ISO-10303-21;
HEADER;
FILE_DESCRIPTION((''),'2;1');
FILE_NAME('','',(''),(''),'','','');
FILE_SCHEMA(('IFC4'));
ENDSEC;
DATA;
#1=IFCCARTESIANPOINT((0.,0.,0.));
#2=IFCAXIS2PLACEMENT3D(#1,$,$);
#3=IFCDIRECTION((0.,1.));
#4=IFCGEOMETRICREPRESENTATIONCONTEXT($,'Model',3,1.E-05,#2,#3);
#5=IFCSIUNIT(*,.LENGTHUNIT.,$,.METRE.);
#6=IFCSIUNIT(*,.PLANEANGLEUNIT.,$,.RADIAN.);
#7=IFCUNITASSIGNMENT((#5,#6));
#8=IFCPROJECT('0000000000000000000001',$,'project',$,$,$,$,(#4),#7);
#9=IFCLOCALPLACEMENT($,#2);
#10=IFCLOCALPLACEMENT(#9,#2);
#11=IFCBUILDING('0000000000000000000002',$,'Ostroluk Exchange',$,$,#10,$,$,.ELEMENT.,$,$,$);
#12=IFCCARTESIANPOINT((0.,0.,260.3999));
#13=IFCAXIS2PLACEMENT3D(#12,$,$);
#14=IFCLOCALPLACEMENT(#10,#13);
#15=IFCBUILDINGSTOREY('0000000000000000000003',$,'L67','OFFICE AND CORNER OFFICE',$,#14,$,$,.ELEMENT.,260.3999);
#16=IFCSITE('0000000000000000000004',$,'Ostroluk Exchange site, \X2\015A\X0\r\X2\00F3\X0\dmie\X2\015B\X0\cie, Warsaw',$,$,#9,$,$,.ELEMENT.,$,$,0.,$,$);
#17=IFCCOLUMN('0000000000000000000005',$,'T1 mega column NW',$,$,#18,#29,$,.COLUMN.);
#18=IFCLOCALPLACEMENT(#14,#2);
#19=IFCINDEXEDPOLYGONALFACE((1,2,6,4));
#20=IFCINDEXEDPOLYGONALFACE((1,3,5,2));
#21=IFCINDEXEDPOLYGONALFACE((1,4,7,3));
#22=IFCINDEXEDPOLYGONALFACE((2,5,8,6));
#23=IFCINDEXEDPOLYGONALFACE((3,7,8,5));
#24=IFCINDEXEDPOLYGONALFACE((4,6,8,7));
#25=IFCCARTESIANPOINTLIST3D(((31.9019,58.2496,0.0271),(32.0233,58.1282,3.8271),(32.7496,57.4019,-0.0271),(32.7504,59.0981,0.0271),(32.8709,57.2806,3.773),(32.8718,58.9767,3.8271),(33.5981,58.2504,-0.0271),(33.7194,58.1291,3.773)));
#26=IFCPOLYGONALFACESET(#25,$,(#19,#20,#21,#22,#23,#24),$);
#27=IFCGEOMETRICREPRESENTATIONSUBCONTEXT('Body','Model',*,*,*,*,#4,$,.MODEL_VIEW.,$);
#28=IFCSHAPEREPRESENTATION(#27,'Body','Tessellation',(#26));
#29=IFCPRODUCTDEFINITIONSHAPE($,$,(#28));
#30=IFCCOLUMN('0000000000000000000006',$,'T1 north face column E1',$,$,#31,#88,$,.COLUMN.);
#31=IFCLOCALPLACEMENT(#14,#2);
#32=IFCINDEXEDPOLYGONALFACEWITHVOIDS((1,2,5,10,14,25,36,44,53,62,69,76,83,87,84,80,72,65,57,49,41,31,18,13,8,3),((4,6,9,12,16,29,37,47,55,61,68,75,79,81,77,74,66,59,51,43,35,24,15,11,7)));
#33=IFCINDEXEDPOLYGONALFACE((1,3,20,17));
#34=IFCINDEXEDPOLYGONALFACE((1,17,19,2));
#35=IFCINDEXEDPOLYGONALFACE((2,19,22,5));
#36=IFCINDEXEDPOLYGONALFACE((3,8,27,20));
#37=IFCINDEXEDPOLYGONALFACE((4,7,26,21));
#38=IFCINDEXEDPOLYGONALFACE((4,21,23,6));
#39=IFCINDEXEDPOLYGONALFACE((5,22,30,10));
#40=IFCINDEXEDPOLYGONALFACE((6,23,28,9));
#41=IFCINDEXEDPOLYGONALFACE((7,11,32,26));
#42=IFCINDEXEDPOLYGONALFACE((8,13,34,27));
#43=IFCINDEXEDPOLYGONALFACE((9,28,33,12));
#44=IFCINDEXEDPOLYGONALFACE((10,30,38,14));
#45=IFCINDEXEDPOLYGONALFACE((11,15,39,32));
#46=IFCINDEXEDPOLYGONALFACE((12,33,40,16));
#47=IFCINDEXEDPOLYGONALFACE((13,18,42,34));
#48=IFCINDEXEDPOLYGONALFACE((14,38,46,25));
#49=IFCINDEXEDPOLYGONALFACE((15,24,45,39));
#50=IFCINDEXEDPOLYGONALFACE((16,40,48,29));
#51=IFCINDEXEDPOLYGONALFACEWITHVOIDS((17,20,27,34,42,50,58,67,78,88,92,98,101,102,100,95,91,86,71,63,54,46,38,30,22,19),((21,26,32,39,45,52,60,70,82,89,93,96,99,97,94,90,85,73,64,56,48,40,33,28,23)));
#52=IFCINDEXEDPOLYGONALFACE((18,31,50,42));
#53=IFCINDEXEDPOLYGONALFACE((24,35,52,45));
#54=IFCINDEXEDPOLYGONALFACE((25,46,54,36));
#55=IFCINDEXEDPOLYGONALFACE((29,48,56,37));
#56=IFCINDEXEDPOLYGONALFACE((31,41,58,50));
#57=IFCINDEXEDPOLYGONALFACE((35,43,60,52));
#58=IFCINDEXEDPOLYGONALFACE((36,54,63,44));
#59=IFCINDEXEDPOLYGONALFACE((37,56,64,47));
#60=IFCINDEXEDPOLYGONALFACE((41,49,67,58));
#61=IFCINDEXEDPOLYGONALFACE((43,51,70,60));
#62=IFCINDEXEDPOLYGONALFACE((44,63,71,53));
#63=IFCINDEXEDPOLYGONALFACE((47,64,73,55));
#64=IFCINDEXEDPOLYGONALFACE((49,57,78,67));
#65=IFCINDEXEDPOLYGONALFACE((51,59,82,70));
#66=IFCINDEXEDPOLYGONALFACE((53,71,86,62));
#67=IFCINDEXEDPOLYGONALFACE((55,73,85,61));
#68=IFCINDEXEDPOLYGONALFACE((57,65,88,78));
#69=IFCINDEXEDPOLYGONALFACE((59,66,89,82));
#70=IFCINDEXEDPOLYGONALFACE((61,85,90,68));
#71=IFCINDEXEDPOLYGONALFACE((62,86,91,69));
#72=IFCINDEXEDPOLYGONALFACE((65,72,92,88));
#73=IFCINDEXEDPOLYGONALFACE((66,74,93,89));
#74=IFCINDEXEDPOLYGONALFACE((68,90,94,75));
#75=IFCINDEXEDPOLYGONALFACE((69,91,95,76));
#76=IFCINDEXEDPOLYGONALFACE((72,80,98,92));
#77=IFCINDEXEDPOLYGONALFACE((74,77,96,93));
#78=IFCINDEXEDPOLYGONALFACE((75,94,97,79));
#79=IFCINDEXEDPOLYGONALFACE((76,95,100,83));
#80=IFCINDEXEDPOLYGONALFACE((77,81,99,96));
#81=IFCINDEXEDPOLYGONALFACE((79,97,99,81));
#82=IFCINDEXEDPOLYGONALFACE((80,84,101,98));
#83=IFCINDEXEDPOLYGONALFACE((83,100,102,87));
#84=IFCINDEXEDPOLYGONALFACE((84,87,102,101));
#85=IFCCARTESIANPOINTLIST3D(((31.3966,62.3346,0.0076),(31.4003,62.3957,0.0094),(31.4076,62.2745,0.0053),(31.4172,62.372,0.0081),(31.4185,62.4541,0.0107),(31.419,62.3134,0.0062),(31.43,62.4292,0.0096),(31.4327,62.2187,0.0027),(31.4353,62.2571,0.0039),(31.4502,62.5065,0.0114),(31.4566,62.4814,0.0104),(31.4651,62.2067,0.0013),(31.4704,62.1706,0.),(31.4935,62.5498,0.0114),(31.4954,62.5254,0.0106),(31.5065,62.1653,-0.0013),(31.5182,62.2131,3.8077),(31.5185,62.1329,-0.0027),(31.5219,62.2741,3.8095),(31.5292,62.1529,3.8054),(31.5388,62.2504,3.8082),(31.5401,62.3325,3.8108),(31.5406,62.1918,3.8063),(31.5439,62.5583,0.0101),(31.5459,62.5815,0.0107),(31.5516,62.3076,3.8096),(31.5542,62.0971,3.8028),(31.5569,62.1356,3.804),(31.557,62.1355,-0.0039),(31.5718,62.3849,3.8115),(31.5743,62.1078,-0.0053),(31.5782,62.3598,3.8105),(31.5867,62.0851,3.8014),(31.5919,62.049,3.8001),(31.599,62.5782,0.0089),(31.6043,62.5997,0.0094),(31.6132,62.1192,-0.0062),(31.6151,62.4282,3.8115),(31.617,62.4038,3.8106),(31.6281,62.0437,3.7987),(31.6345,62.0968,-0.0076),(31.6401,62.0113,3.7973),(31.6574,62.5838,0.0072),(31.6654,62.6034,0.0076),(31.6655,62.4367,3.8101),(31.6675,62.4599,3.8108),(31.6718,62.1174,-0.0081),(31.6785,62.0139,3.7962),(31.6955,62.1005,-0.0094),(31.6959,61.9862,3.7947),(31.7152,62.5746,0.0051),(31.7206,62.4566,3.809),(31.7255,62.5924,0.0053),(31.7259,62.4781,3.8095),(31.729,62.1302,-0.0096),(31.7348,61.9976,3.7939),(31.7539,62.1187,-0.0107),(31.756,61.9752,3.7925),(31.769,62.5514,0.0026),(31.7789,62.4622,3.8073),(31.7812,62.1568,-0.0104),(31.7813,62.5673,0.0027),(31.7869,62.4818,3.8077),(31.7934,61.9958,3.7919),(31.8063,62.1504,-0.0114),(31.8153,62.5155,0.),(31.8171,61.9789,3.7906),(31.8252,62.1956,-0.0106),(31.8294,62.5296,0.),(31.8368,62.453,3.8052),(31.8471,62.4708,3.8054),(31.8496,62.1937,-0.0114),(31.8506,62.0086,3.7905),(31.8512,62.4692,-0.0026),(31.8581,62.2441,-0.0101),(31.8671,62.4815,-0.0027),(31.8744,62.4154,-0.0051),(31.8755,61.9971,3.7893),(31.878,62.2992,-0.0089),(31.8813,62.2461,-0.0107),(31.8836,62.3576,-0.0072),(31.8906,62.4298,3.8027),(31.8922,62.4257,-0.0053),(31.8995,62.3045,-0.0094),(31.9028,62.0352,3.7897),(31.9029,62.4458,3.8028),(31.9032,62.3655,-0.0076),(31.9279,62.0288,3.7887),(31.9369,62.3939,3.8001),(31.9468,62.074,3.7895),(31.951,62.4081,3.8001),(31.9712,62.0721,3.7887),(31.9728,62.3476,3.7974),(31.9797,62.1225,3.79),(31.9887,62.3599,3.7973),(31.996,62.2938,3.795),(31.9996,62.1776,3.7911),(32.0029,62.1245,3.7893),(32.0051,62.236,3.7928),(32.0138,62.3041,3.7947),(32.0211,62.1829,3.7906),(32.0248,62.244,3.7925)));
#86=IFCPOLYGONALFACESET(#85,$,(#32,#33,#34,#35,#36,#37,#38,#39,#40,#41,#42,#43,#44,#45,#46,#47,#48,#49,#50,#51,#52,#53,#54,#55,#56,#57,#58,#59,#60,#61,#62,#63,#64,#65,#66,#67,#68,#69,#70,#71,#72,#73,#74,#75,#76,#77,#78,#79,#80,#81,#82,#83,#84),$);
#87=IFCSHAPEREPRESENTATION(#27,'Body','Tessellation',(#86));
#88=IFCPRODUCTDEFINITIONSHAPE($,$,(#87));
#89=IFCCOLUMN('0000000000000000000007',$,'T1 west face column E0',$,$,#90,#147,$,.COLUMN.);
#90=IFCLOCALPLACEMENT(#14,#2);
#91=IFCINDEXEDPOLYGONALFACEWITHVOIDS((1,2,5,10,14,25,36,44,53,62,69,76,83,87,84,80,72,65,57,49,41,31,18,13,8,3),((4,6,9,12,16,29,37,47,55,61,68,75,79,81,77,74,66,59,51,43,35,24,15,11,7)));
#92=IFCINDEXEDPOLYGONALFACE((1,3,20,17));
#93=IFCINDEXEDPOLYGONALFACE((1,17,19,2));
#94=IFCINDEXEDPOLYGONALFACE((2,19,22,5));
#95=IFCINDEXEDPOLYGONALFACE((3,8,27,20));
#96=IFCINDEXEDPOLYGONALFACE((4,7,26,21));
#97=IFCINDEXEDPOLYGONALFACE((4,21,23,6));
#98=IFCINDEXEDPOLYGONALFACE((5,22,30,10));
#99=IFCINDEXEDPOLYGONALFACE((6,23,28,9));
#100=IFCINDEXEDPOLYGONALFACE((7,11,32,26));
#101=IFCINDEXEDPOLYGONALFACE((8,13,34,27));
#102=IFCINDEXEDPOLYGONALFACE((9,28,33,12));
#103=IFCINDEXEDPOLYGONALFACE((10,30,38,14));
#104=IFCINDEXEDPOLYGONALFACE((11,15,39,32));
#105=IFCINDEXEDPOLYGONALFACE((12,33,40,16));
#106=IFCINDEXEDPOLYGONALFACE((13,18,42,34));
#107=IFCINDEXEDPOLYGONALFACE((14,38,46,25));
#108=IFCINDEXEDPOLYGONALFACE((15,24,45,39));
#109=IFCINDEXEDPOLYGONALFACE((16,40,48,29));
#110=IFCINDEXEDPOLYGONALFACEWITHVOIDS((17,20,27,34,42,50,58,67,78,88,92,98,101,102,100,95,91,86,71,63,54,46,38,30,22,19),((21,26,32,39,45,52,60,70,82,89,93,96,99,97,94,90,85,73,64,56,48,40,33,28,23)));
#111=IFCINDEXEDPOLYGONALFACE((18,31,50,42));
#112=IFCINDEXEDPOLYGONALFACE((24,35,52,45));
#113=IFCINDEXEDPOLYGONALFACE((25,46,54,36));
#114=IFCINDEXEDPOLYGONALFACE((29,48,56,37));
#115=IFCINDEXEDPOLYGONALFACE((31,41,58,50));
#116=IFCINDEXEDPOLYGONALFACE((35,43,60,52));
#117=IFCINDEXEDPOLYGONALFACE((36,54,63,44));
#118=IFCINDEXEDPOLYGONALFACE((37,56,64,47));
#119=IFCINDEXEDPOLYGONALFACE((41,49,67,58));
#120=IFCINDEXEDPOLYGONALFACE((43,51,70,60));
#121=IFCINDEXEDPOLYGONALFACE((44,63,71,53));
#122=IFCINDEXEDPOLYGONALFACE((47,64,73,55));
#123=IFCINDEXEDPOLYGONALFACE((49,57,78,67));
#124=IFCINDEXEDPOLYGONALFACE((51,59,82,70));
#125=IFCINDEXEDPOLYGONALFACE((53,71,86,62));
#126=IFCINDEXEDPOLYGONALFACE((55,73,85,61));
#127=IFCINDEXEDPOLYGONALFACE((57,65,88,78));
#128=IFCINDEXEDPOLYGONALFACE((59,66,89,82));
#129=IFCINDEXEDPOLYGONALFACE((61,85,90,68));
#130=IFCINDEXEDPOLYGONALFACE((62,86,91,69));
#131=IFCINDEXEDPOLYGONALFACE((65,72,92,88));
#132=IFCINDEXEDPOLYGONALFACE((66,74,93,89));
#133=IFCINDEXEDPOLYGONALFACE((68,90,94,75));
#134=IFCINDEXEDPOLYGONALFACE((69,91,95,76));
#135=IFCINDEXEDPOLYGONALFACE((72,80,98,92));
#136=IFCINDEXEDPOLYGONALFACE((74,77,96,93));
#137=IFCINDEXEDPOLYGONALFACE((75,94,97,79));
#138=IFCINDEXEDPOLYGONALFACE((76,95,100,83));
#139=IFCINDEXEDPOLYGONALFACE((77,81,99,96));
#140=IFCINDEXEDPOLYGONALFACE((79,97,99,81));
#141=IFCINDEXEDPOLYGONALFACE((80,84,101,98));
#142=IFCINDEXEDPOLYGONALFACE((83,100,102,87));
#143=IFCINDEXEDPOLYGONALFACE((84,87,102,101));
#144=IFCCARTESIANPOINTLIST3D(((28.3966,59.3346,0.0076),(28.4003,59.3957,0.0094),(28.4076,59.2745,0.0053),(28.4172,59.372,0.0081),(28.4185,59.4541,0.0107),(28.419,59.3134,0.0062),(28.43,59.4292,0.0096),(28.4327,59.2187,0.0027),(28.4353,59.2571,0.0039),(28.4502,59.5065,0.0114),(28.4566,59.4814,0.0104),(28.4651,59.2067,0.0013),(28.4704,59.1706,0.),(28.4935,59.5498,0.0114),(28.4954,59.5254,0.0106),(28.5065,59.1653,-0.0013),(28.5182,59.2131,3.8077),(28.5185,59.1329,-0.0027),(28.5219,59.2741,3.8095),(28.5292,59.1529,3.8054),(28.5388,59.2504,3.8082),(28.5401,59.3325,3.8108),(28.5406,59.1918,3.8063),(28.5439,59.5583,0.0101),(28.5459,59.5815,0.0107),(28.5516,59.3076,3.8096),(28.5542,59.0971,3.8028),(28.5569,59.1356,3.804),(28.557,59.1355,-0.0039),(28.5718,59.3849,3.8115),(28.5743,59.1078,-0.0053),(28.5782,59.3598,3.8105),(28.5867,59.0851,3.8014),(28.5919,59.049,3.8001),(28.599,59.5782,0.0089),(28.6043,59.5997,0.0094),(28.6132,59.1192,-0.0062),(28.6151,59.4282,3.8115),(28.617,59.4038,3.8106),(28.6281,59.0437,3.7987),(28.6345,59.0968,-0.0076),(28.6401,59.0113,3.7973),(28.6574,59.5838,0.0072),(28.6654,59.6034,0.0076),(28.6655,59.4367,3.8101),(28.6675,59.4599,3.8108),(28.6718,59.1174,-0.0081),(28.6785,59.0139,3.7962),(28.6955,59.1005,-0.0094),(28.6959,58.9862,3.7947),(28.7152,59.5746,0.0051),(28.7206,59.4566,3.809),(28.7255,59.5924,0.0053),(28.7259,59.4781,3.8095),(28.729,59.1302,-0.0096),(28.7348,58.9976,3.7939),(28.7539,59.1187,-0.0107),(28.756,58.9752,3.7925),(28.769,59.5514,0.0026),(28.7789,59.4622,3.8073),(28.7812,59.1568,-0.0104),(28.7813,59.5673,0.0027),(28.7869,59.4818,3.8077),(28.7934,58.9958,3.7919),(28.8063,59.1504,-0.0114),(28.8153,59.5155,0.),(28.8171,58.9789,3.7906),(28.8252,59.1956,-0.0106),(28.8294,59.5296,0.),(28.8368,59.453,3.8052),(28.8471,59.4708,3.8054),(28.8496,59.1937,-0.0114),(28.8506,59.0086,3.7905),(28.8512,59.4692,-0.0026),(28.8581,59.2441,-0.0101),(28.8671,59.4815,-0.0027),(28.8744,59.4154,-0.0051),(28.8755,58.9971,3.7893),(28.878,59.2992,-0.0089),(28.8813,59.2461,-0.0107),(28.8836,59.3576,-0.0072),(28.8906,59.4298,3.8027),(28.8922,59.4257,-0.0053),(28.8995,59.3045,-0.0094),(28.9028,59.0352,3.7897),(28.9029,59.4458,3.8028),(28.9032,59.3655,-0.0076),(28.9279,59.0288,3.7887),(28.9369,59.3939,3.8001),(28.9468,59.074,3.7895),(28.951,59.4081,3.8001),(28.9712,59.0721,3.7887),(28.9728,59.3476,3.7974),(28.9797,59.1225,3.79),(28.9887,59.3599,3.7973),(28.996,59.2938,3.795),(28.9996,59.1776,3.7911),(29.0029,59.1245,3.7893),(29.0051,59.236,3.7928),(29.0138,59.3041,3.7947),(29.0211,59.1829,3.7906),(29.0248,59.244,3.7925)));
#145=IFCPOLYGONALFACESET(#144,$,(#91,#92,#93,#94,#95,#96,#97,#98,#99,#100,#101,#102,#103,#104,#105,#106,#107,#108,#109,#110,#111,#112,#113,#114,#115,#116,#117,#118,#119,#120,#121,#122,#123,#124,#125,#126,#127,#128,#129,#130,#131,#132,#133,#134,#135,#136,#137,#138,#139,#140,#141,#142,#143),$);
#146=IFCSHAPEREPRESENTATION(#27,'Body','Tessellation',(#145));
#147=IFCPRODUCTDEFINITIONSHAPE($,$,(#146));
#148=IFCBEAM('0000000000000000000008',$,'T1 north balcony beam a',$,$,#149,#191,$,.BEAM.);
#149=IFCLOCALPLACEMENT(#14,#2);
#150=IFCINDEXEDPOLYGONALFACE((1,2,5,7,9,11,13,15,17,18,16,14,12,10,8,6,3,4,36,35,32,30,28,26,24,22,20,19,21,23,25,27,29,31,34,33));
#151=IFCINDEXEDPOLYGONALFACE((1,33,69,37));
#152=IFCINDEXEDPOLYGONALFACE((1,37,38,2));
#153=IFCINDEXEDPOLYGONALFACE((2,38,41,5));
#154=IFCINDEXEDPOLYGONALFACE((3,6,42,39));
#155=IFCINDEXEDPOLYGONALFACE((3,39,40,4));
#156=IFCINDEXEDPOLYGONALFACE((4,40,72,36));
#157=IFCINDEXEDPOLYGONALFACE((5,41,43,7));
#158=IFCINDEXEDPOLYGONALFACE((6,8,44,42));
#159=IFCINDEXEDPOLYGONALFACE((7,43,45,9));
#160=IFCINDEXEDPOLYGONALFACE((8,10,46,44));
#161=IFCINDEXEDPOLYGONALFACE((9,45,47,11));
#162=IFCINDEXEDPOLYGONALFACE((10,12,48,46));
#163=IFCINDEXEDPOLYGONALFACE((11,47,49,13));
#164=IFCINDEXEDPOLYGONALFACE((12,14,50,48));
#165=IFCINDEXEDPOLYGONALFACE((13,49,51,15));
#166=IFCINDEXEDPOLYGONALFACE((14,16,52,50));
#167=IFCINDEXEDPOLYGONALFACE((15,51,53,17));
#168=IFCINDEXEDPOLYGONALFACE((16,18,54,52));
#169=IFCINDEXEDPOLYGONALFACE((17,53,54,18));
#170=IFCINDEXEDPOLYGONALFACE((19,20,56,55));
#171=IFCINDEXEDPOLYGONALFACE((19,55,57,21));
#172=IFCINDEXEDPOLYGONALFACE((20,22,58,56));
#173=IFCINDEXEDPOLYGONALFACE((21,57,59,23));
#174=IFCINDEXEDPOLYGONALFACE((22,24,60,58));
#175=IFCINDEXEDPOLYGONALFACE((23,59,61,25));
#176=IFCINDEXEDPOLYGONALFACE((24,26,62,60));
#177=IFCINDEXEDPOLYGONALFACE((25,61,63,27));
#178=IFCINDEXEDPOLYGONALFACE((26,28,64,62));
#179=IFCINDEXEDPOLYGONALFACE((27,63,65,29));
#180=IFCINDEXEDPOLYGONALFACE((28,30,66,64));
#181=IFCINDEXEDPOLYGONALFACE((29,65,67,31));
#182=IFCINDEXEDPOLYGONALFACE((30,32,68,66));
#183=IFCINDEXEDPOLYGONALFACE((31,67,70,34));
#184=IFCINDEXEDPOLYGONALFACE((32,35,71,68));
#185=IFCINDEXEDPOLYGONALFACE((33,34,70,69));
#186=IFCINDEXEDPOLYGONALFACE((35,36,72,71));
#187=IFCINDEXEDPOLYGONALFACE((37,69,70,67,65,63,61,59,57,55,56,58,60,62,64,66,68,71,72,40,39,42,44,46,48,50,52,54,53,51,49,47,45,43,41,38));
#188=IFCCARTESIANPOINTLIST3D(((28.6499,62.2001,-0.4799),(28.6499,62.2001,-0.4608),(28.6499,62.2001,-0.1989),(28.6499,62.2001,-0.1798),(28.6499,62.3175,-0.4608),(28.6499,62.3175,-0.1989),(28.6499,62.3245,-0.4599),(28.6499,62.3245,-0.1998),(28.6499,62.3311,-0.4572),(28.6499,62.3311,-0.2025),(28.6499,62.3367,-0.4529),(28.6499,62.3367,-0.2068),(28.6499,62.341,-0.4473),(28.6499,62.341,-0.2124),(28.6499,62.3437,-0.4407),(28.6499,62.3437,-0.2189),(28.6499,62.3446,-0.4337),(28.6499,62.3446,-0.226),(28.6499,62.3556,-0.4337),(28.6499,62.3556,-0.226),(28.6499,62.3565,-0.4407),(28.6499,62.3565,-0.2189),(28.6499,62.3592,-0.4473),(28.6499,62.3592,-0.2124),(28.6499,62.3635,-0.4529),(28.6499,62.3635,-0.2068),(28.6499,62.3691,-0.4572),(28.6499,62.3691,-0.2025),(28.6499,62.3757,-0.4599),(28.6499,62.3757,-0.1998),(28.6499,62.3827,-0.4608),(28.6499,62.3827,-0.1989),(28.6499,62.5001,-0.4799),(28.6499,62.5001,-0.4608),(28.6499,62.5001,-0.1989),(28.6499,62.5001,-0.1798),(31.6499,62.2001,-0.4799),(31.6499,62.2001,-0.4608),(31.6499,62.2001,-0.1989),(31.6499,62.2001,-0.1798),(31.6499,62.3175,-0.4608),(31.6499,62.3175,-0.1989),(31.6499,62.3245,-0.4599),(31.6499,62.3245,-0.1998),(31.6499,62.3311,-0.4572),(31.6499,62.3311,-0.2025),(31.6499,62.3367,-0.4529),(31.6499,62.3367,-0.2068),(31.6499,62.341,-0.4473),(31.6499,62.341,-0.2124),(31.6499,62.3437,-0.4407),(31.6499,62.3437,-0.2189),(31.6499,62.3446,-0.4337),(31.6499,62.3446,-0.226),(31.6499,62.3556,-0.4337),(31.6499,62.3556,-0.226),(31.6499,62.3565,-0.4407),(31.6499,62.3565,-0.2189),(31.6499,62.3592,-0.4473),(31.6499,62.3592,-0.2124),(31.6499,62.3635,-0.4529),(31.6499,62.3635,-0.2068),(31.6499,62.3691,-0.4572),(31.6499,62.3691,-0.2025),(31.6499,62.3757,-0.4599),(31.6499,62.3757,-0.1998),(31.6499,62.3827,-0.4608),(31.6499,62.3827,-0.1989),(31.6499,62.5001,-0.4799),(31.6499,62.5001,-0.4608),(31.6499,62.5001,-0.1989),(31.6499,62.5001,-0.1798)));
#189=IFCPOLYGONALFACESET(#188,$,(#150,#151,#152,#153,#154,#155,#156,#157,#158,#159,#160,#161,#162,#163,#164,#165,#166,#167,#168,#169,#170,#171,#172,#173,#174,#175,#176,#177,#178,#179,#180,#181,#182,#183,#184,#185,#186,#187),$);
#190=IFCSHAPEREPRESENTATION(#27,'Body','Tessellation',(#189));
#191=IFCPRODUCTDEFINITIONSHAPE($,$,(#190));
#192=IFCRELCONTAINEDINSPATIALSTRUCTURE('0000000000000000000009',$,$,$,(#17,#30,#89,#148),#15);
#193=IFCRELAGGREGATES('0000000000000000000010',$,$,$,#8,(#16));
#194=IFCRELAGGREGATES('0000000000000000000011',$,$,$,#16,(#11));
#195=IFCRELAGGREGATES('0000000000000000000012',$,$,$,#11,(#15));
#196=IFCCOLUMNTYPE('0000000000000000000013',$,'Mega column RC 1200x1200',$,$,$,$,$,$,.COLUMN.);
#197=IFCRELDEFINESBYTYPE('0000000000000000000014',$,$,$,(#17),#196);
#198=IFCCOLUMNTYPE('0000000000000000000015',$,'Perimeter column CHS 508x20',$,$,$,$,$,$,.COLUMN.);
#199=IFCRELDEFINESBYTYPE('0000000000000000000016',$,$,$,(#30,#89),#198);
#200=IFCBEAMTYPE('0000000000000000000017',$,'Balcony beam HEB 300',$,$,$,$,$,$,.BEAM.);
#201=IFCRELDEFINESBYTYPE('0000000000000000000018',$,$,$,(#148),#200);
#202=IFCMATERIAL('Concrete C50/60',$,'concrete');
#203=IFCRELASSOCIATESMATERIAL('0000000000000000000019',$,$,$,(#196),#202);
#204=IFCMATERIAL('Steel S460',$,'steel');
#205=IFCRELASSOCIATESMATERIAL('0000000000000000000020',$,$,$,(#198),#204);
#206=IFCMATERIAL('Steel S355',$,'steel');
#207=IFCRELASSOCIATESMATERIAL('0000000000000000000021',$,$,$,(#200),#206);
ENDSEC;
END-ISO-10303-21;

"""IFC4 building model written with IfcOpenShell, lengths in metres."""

from ifc_helpers import new_model, si_unit, direction, frame, origin, origin_2d, place, context, subcontext, project, spatial, rectangle, hollow_circle, i_section, extrude, material, material_profile, profile_set, type_object, element, save


model = new_model("IFC4")

# Units and contexts
model_context = context("Model", 3, precision=1e-05, world=origin(), true_north=direction((0.0, 1.0)))
body_context = subcontext(model_context, "Body", "Model", "MODEL_VIEW")
ifc_project = project(units=[si_unit("LENGTHUNIT", "METRE"), si_unit("PLANEANGLEUNIT", "RADIAN")], contexts=[model_context])

# Site, building, storey
site_placement = place(None, origin())
site = spatial("IfcSite", under=ifc_project, at=site_placement, Name="Ostroluk Exchange site, Śródmieście, Warsaw", CompositionType="ELEMENT", RefElevation=0.0)
building_placement = place(site_placement, origin())
building = spatial("IfcBuilding", under=site, at=building_placement, Name="Ostroluk Exchange", CompositionType="ELEMENT")
storey_placement = place(building_placement, frame((0.0, 0.0, 260.3999)))
storey = spatial("IfcBuildingStorey", under=building, at=storey_placement, Name="L67", Description="OFFICE AND CORNER OFFICE", CompositionType="ELEMENT", Elevation=260.3999)

# Columns
ifc_material_1 = material(Name="Concrete C50/60", Category="concrete")
ifc_material_profile_1 = material_profile(ifc_material_1, rectangle(XDim=1.2, YDim=1.2, at=origin_2d()), Name="RC 1200x1200")
ifc_profile_set_1 = profile_set([ifc_material_profile_1], Name="Concrete C50/60")
column_type_1 = type_object("IfcColumnType", Name="Mega column RC 1200x1200", PredefinedType="COLUMN", material=ifc_profile_set_1)
column_placement = place(storey_placement, frame((32.75, 58.25, 0.0), z_axis=(0.031898, -0.031898, 0.998982), x_axis=(0.707107, 0.707107, 0.0)))
element("IfcColumn", 1, at=column_placement, inside=storey, type_object=column_type_1, Name="T1 mega column NW", PredefinedType="COLUMN", context=body_context, shape_type="SweptSolid", body=[
    extrude(rectangle(XDim=1.2, YDim=1.2, at=origin_2d()), origin(), (0.0, 0.0, 1.0), 3.804),
])
ifc_material_2 = material(Name="Steel S460", Category="steel")
ifc_material_profile_2 = material_profile(ifc_material_2, hollow_circle(Radius=0.2539, WallThickness=0.02, at=origin_2d()), Name="CHS 508x20")
ifc_profile_set_2 = profile_set([ifc_material_profile_2], Name="Steel S460")
column_type_2 = type_object("IfcColumnType", Name="Perimeter column CHS 508x20", PredefinedType="COLUMN", material=ifc_profile_set_2)
for number, where, z_axis, x_axis, name in (
    (2, (31.6499, 62.3501, 0.0), (0.031962, -0.031962, 0.998978), (0.707107, 0.707107, 0.0), "T1 north face column E1"),
    (3, (28.6499, 59.3501, 0.0), (0.031962, -0.031962, 0.998978), (0.707107, 0.707107, 0.0), "T1 west face column E0"),
):
    element("IfcColumn", number, at=place(storey_placement, frame(where, z_axis=z_axis, x_axis=x_axis)), inside=storey, type_object=column_type_2, Name=name, PredefinedType="COLUMN", context=body_context, shape_type="SweptSolid", body=[
        extrude(hollow_circle(Radius=0.2539, WallThickness=0.02, at=origin_2d()), origin(), (0.0, 0.0, 1.0), 3.804),
    ])

# Beam
ifc_material_3 = material(Name="Steel S355", Category="steel")
ifc_material_profile_3 = material_profile(ifc_material_3, i_section(OverallWidth=0.3, OverallDepth=0.3, WebThickness=0.011, FlangeThickness=0.019, FilletRadius=0.0271, at=origin_2d()), Name="HEB 300")
ifc_profile_set_3 = profile_set([ifc_material_profile_3], Name="Steel S355")
beam_type_1 = type_object("IfcBeamType", Name="Balcony beam HEB 300", PredefinedType="BEAM", material=ifc_profile_set_3)
for number, where, z_axis, x_axis, name in (
    (4, (31.6499, 62.3501, -0.3298), (-1.0, 0.0, 0.0), (0.0, -1.0, 0.0), "T1 north balcony beam a"),
):
    element("IfcBeam", number, at=place(storey_placement, frame(where, z_axis=z_axis, x_axis=x_axis)), inside=storey, type_object=beam_type_1, Name=name, PredefinedType="BEAM", context=body_context, shape_type="SweptSolid", body=[
        extrude(i_section(OverallWidth=0.3, OverallDepth=0.3, WebThickness=0.011, FlangeThickness=0.019, FilletRadius=0.0271, at=origin_2d()), origin(), (0.0, 0.0, 1.0), 3.0),
    ])

save(model, "model.ifc")
